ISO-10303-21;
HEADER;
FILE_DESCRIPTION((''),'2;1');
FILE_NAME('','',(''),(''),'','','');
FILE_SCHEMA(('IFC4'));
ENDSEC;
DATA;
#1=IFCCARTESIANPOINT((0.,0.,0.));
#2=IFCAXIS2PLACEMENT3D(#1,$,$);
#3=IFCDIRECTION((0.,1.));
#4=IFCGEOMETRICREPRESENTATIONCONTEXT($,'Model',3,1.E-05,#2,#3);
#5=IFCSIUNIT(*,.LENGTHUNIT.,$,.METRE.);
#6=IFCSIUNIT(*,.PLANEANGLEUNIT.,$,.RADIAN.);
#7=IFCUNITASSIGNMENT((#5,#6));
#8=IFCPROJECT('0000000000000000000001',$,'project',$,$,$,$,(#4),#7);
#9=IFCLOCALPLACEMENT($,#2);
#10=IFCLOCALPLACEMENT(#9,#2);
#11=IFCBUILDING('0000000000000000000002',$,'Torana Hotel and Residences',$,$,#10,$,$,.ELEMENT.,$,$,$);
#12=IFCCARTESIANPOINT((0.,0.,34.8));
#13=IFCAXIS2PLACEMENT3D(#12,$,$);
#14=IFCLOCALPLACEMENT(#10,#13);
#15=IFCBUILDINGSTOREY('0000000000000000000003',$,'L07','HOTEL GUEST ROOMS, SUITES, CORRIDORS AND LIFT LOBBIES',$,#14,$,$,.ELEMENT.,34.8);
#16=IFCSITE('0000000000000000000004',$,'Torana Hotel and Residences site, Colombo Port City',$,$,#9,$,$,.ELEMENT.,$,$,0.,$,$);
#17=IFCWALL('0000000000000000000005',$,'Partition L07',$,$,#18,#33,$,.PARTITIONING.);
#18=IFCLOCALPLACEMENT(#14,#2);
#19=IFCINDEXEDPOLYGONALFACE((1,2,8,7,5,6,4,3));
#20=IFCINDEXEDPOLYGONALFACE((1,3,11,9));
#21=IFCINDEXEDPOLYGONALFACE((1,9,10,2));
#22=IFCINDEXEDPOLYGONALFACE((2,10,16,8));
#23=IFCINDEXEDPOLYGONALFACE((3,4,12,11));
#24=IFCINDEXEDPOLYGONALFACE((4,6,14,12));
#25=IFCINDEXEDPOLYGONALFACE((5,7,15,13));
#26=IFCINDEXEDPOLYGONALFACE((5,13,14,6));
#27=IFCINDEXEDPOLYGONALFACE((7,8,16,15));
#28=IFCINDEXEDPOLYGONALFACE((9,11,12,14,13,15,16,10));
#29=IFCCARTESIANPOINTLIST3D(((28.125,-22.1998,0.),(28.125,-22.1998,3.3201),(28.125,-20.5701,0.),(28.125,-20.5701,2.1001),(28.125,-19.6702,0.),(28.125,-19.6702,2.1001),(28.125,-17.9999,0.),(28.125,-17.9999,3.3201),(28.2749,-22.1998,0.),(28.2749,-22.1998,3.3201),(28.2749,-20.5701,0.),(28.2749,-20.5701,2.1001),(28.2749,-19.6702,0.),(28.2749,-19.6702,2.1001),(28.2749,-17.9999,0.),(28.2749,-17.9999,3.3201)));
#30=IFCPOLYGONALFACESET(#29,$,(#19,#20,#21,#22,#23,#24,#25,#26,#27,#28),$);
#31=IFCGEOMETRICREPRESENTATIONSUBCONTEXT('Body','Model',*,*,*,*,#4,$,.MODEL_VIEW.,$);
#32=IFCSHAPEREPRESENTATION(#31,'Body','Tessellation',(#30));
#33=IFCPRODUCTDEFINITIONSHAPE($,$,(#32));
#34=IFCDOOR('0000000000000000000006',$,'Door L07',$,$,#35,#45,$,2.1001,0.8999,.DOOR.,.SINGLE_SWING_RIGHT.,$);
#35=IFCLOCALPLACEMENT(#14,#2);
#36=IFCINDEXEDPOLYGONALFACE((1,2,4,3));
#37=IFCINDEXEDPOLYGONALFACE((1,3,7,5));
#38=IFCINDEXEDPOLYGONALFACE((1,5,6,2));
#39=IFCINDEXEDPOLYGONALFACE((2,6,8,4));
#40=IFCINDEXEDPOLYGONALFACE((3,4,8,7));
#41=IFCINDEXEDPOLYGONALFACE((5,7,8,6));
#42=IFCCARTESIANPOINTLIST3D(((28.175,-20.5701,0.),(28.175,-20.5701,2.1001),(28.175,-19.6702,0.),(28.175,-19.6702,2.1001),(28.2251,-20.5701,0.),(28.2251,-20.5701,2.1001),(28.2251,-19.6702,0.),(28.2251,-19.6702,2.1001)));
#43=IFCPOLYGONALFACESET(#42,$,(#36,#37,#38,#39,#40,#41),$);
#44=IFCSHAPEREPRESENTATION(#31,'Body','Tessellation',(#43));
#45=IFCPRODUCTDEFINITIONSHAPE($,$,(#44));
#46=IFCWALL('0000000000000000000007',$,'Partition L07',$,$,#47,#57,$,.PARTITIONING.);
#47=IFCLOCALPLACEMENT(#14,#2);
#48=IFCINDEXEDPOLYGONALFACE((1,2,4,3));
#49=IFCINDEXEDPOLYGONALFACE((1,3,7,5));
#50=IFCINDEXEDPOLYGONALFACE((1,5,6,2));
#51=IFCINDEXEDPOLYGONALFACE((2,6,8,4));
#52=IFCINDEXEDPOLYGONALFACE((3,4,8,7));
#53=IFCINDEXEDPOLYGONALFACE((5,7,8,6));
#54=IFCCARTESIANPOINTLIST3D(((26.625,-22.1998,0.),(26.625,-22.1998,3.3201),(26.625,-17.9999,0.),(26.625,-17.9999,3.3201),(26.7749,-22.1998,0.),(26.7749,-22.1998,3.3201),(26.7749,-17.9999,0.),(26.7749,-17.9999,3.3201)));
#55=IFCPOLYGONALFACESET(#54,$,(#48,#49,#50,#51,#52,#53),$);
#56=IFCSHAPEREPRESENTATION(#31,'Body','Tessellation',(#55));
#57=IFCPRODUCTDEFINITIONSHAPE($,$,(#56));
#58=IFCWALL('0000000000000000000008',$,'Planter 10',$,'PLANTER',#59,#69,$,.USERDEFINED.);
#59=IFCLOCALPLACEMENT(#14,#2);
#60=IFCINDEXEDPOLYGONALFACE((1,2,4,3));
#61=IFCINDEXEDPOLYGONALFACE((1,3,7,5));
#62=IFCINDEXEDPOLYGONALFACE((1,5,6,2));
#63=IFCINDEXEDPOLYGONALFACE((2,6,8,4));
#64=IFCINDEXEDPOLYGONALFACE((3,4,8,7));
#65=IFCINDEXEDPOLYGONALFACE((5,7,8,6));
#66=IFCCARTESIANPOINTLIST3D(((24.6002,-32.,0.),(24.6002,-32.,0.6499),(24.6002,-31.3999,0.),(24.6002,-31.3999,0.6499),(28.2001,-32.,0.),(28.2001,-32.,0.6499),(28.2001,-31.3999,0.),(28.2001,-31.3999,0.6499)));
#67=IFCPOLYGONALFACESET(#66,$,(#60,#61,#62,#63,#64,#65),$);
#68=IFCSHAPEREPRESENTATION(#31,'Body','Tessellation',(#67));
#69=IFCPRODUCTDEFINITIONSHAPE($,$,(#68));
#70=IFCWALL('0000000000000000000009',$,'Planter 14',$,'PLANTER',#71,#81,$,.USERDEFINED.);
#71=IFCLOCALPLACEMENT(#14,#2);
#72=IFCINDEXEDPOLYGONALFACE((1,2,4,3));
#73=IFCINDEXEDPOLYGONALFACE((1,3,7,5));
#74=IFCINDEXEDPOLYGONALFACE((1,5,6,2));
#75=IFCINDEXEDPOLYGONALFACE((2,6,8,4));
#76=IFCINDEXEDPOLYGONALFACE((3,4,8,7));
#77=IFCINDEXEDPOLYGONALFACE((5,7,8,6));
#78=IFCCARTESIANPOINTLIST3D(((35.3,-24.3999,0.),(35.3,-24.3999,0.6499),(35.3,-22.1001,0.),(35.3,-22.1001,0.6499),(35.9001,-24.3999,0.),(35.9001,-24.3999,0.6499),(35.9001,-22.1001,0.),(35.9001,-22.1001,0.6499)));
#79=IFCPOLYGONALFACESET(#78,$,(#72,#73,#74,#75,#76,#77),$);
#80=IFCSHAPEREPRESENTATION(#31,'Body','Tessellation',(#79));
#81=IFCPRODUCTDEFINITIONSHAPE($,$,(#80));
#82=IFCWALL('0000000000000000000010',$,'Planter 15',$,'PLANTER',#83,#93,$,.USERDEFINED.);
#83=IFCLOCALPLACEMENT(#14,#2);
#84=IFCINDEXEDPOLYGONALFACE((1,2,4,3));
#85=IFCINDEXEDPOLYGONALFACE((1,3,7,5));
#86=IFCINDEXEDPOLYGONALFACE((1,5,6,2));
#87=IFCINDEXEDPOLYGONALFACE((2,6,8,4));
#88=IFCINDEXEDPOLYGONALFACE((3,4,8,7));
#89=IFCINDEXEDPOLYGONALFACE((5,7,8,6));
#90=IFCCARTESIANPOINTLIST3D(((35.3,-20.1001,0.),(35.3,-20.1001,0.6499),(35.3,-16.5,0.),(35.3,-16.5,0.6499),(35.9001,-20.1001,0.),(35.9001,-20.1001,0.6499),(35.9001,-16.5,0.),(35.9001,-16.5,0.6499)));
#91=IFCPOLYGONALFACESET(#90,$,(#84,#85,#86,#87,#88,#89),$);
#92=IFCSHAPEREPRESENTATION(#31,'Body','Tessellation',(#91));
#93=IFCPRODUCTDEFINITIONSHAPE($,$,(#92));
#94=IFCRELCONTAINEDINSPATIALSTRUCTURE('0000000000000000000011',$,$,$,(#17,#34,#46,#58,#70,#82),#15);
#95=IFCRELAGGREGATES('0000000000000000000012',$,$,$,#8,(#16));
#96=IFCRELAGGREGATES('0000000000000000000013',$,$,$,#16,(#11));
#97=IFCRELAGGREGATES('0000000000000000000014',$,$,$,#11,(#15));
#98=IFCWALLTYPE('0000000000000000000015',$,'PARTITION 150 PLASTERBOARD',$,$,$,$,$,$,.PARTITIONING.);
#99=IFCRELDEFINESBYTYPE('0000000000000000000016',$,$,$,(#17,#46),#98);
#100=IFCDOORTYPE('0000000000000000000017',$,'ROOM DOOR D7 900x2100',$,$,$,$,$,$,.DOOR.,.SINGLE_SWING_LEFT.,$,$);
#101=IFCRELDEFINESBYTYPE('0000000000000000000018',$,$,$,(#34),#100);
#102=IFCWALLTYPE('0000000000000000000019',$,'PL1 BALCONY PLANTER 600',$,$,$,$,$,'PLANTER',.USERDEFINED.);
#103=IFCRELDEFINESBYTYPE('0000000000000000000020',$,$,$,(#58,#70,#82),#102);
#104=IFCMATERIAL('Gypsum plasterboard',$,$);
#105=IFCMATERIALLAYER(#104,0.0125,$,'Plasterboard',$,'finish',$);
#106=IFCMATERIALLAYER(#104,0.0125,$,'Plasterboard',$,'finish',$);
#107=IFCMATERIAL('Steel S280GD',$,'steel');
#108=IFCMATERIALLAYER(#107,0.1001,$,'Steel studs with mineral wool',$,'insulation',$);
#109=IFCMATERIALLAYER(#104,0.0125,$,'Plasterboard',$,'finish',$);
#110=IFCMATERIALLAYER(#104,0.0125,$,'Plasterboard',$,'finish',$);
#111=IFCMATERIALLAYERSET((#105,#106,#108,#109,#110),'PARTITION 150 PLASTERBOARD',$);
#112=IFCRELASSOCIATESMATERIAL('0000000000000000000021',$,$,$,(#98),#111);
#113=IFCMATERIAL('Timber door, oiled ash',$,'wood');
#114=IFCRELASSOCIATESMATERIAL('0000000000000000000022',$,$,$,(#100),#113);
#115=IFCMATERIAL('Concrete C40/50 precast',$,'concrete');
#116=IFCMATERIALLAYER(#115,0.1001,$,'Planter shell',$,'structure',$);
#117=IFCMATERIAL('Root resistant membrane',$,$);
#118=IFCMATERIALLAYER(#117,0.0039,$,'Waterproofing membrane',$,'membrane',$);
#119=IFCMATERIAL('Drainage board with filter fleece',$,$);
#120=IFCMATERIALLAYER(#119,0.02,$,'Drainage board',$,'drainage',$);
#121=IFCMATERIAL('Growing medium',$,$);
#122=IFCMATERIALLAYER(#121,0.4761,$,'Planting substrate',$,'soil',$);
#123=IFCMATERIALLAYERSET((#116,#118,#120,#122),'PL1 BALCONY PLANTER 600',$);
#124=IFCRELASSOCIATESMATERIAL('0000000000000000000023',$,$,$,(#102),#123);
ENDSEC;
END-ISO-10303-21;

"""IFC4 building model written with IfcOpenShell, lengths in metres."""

from ifc_helpers import new_model, si_unit, direction, frame, frame_2d, origin, place, context, subcontext, project, spatial, rectangle, extrude, material, layer, layer_set, type_object, element, fill, save


model = new_model("IFC4")

# Units and contexts
model_context = context("Model", 3, precision=1e-05, world=origin(), true_north=direction((0.0, 1.0)))
body_context = subcontext(model_context, "Body", "Model", "MODEL_VIEW")
ifc_project = project(units=[si_unit("LENGTHUNIT", "METRE"), si_unit("PLANEANGLEUNIT", "RADIAN")], contexts=[model_context])

# Site, building, storey
site_placement = place(None, origin())
site = spatial("IfcSite", under=ifc_project, at=site_placement, Name="Torana Hotel and Residences site, Colombo Port City", CompositionType="ELEMENT", RefElevation=0.0)
building_placement = place(site_placement, origin())
building = spatial("IfcBuilding", under=site, at=building_placement, Name="Torana Hotel and Residences", CompositionType="ELEMENT")
storey_placement = place(building_placement, frame((0.0, 0.0, 34.8)))
storey = spatial("IfcBuildingStorey", under=building, at=storey_placement, Name="L07", Description="HOTEL GUEST ROOMS, SUITES, CORRIDORS AND LIFT LOBBIES", CompositionType="ELEMENT", Elevation=34.8)

# Shared definitions
ifc_material_1 = material(Name="Steel S280GD", Category="steel")

# Wall, opening, door
ifc_material_2 = material(Name="Gypsum plasterboard")
ifc_layer_1 = layer(ifc_material_2, 0.0125, Name="Plasterboard", Category="finish")
ifc_layer_2 = layer(ifc_material_2, 0.0125, Name="Plasterboard", Category="finish")
ifc_layer_3 = layer(ifc_material_1, 0.1001, Name="Steel studs with mineral wool", Category="insulation")
ifc_layer_4 = layer(ifc_material_2, 0.0125, Name="Plasterboard", Category="finish")
ifc_layer_5 = layer(ifc_material_2, 0.0125, Name="Plasterboard", Category="finish")
ifc_layer_set_1 = layer_set([ifc_layer_1, ifc_layer_2, ifc_layer_3, ifc_layer_4, ifc_layer_5], Name="PARTITION 150 PLASTERBOARD")
wall_type_1 = type_object("IfcWallType", Name="PARTITION 150 PLASTERBOARD", PredefinedType="PARTITIONING", material=ifc_layer_set_1)
wall_1_placement = place(storey_placement, frame((28.2, -22.2, 0.0), z_axis=(0.0, 0.0, 1.0), x_axis=(0.0, 1.0, 0.0)))
wall_1 = element("IfcWall", 1, at=wall_1_placement, inside=storey, type_object=wall_type_1, Name="Partition L07", PredefinedType="PARTITIONING", context=body_context, shape_type="SweptSolid", body=[
    extrude(rectangle(XDim=4.2, YDim=0.1499, at=frame_2d((2.1001, 0.0))), origin(), (0.0, 0.0, 1.0), 3.3201),
])
opening_1_placement = place(wall_1_placement, frame((1.6299, 0.0, 0.0)))
opening_1 = element("IfcOpeningElement", 2, at=opening_1_placement, cuts=wall_1, PredefinedType="OPENING", context=body_context, shape_type="SweptSolid", body=[
    extrude(rectangle(XDim=0.8999, YDim=2.1001, at=frame_2d((0.45, 1.05))), frame((0.0, 0.085, 0.0), z_axis=(0.0, -1.0, 0.0), x_axis=(1.0, 0.0, 0.0)), (0.0, 0.0, 1.0), 0.1699),
])
ifc_material_3 = material(Name="Timber door, oiled ash", Category="wood")
door_type_1 = type_object("IfcDoorType", Name="ROOM DOOR D7 900x2100", OperationType="SINGLE_SWING_LEFT", PredefinedType="DOOR", material=ifc_material_3)
door_1_placement = place(opening_1_placement, origin())
door_1 = element("IfcDoor", 3, at=door_1_placement, inside=storey, type_object=door_type_1, Name="Door L07", OperationType="SINGLE_SWING_RIGHT", OverallHeight=2.1001, OverallWidth=0.8999, PredefinedType="DOOR", context=body_context, shape_type="SweptSolid", body=[
    extrude(rectangle(XDim=0.8999, YDim=2.1001, at=frame_2d((0.45, 1.05))), frame((0.0, 0.0249, 0.0), z_axis=(0.0, -1.0, 0.0), x_axis=(1.0, 0.0, 0.0)), (0.0, 0.0, 1.0), 0.05),
])
fill(opening_1, door_1)

# Walls
wall_2_placement = place(storey_placement, frame((26.7, -22.2, 0.0), z_axis=(0.0, 0.0, 1.0), x_axis=(0.0, 1.0, 0.0)))
element("IfcWall", 4, at=wall_2_placement, inside=storey, type_object=wall_type_1, Name="Partition L07", PredefinedType="PARTITIONING", context=body_context, shape_type="SweptSolid", body=[
    extrude(rectangle(XDim=4.2, YDim=0.1499, at=frame_2d((2.1001, 0.0))), origin(), (0.0, 0.0, 1.0), 3.3201),
])
ifc_material_4 = material(Name="Concrete C40/50 precast", Category="concrete")
ifc_layer_6 = layer(ifc_material_4, 0.1001, Name="Planter shell", Category="structure")
ifc_material_5 = material(Name="Root resistant membrane")
ifc_layer_7 = layer(ifc_material_5, 0.0039, Name="Waterproofing membrane", Category="membrane")
ifc_material_6 = material(Name="Drainage board with filter fleece")
ifc_layer_8 = layer(ifc_material_6, 0.02, Name="Drainage board", Category="drainage")
ifc_material_7 = material(Name="Growing medium")
ifc_layer_9 = layer(ifc_material_7, 0.4761, Name="Planting substrate", Category="soil")
ifc_layer_set_2 = layer_set([ifc_layer_6, ifc_layer_7, ifc_layer_8, ifc_layer_9], Name="PL1 BALCONY PLANTER 600")
wall_type_2 = type_object("IfcWallType", Name="PL1 BALCONY PLANTER 600", ElementType="PLANTER", PredefinedType="USERDEFINED", material=ifc_layer_set_2)
wall_3_placement = place(storey_placement, frame((28.2, -31.7, 0.0), z_axis=(0.0, 0.0, 1.0), x_axis=(-1.0, 0.0, 0.0)))
element("IfcWall", 5, at=wall_3_placement, inside=storey, type_object=wall_type_2, Name="Planter 10", ObjectType="PLANTER", PredefinedType="USERDEFINED", context=body_context, shape_type="SweptSolid", body=[
    extrude(rectangle(XDim=3.5999, YDim=0.6001, at=frame_2d((1.7998, 0.0))), origin(), (0.0, 0.0, 1.0), 0.6499),
])
wall_4_placement = place(storey_placement, frame((35.6001, -22.1001, 0.0), z_axis=(0.0, 0.0, 1.0), x_axis=(0.0, -1.0, 0.0)))
element("IfcWall", 6, at=wall_4_placement, inside=storey, type_object=wall_type_2, Name="Planter 14", ObjectType="PLANTER", PredefinedType="USERDEFINED", context=body_context, shape_type="SweptSolid", body=[
    extrude(rectangle(XDim=2.2998, YDim=0.6001, at=frame_2d((1.1499, 0.0))), origin(), (0.0, 0.0, 1.0), 0.6499),
])
wall_5_placement = place(storey_placement, frame((35.6001, -16.5, 0.0), z_axis=(0.0, 0.0, 1.0), x_axis=(0.0, -1.0, 0.0)))
element("IfcWall", 7, at=wall_5_placement, inside=storey, type_object=wall_type_2, Name="Planter 15", ObjectType="PLANTER", PredefinedType="USERDEFINED", context=body_context, shape_type="SweptSolid", body=[
    extrude(rectangle(XDim=3.6001, YDim=0.6001, at=frame_2d((1.8, 0.0))), origin(), (0.0, 0.0, 1.0), 0.6499),
])

save(model, "model.ifc")
